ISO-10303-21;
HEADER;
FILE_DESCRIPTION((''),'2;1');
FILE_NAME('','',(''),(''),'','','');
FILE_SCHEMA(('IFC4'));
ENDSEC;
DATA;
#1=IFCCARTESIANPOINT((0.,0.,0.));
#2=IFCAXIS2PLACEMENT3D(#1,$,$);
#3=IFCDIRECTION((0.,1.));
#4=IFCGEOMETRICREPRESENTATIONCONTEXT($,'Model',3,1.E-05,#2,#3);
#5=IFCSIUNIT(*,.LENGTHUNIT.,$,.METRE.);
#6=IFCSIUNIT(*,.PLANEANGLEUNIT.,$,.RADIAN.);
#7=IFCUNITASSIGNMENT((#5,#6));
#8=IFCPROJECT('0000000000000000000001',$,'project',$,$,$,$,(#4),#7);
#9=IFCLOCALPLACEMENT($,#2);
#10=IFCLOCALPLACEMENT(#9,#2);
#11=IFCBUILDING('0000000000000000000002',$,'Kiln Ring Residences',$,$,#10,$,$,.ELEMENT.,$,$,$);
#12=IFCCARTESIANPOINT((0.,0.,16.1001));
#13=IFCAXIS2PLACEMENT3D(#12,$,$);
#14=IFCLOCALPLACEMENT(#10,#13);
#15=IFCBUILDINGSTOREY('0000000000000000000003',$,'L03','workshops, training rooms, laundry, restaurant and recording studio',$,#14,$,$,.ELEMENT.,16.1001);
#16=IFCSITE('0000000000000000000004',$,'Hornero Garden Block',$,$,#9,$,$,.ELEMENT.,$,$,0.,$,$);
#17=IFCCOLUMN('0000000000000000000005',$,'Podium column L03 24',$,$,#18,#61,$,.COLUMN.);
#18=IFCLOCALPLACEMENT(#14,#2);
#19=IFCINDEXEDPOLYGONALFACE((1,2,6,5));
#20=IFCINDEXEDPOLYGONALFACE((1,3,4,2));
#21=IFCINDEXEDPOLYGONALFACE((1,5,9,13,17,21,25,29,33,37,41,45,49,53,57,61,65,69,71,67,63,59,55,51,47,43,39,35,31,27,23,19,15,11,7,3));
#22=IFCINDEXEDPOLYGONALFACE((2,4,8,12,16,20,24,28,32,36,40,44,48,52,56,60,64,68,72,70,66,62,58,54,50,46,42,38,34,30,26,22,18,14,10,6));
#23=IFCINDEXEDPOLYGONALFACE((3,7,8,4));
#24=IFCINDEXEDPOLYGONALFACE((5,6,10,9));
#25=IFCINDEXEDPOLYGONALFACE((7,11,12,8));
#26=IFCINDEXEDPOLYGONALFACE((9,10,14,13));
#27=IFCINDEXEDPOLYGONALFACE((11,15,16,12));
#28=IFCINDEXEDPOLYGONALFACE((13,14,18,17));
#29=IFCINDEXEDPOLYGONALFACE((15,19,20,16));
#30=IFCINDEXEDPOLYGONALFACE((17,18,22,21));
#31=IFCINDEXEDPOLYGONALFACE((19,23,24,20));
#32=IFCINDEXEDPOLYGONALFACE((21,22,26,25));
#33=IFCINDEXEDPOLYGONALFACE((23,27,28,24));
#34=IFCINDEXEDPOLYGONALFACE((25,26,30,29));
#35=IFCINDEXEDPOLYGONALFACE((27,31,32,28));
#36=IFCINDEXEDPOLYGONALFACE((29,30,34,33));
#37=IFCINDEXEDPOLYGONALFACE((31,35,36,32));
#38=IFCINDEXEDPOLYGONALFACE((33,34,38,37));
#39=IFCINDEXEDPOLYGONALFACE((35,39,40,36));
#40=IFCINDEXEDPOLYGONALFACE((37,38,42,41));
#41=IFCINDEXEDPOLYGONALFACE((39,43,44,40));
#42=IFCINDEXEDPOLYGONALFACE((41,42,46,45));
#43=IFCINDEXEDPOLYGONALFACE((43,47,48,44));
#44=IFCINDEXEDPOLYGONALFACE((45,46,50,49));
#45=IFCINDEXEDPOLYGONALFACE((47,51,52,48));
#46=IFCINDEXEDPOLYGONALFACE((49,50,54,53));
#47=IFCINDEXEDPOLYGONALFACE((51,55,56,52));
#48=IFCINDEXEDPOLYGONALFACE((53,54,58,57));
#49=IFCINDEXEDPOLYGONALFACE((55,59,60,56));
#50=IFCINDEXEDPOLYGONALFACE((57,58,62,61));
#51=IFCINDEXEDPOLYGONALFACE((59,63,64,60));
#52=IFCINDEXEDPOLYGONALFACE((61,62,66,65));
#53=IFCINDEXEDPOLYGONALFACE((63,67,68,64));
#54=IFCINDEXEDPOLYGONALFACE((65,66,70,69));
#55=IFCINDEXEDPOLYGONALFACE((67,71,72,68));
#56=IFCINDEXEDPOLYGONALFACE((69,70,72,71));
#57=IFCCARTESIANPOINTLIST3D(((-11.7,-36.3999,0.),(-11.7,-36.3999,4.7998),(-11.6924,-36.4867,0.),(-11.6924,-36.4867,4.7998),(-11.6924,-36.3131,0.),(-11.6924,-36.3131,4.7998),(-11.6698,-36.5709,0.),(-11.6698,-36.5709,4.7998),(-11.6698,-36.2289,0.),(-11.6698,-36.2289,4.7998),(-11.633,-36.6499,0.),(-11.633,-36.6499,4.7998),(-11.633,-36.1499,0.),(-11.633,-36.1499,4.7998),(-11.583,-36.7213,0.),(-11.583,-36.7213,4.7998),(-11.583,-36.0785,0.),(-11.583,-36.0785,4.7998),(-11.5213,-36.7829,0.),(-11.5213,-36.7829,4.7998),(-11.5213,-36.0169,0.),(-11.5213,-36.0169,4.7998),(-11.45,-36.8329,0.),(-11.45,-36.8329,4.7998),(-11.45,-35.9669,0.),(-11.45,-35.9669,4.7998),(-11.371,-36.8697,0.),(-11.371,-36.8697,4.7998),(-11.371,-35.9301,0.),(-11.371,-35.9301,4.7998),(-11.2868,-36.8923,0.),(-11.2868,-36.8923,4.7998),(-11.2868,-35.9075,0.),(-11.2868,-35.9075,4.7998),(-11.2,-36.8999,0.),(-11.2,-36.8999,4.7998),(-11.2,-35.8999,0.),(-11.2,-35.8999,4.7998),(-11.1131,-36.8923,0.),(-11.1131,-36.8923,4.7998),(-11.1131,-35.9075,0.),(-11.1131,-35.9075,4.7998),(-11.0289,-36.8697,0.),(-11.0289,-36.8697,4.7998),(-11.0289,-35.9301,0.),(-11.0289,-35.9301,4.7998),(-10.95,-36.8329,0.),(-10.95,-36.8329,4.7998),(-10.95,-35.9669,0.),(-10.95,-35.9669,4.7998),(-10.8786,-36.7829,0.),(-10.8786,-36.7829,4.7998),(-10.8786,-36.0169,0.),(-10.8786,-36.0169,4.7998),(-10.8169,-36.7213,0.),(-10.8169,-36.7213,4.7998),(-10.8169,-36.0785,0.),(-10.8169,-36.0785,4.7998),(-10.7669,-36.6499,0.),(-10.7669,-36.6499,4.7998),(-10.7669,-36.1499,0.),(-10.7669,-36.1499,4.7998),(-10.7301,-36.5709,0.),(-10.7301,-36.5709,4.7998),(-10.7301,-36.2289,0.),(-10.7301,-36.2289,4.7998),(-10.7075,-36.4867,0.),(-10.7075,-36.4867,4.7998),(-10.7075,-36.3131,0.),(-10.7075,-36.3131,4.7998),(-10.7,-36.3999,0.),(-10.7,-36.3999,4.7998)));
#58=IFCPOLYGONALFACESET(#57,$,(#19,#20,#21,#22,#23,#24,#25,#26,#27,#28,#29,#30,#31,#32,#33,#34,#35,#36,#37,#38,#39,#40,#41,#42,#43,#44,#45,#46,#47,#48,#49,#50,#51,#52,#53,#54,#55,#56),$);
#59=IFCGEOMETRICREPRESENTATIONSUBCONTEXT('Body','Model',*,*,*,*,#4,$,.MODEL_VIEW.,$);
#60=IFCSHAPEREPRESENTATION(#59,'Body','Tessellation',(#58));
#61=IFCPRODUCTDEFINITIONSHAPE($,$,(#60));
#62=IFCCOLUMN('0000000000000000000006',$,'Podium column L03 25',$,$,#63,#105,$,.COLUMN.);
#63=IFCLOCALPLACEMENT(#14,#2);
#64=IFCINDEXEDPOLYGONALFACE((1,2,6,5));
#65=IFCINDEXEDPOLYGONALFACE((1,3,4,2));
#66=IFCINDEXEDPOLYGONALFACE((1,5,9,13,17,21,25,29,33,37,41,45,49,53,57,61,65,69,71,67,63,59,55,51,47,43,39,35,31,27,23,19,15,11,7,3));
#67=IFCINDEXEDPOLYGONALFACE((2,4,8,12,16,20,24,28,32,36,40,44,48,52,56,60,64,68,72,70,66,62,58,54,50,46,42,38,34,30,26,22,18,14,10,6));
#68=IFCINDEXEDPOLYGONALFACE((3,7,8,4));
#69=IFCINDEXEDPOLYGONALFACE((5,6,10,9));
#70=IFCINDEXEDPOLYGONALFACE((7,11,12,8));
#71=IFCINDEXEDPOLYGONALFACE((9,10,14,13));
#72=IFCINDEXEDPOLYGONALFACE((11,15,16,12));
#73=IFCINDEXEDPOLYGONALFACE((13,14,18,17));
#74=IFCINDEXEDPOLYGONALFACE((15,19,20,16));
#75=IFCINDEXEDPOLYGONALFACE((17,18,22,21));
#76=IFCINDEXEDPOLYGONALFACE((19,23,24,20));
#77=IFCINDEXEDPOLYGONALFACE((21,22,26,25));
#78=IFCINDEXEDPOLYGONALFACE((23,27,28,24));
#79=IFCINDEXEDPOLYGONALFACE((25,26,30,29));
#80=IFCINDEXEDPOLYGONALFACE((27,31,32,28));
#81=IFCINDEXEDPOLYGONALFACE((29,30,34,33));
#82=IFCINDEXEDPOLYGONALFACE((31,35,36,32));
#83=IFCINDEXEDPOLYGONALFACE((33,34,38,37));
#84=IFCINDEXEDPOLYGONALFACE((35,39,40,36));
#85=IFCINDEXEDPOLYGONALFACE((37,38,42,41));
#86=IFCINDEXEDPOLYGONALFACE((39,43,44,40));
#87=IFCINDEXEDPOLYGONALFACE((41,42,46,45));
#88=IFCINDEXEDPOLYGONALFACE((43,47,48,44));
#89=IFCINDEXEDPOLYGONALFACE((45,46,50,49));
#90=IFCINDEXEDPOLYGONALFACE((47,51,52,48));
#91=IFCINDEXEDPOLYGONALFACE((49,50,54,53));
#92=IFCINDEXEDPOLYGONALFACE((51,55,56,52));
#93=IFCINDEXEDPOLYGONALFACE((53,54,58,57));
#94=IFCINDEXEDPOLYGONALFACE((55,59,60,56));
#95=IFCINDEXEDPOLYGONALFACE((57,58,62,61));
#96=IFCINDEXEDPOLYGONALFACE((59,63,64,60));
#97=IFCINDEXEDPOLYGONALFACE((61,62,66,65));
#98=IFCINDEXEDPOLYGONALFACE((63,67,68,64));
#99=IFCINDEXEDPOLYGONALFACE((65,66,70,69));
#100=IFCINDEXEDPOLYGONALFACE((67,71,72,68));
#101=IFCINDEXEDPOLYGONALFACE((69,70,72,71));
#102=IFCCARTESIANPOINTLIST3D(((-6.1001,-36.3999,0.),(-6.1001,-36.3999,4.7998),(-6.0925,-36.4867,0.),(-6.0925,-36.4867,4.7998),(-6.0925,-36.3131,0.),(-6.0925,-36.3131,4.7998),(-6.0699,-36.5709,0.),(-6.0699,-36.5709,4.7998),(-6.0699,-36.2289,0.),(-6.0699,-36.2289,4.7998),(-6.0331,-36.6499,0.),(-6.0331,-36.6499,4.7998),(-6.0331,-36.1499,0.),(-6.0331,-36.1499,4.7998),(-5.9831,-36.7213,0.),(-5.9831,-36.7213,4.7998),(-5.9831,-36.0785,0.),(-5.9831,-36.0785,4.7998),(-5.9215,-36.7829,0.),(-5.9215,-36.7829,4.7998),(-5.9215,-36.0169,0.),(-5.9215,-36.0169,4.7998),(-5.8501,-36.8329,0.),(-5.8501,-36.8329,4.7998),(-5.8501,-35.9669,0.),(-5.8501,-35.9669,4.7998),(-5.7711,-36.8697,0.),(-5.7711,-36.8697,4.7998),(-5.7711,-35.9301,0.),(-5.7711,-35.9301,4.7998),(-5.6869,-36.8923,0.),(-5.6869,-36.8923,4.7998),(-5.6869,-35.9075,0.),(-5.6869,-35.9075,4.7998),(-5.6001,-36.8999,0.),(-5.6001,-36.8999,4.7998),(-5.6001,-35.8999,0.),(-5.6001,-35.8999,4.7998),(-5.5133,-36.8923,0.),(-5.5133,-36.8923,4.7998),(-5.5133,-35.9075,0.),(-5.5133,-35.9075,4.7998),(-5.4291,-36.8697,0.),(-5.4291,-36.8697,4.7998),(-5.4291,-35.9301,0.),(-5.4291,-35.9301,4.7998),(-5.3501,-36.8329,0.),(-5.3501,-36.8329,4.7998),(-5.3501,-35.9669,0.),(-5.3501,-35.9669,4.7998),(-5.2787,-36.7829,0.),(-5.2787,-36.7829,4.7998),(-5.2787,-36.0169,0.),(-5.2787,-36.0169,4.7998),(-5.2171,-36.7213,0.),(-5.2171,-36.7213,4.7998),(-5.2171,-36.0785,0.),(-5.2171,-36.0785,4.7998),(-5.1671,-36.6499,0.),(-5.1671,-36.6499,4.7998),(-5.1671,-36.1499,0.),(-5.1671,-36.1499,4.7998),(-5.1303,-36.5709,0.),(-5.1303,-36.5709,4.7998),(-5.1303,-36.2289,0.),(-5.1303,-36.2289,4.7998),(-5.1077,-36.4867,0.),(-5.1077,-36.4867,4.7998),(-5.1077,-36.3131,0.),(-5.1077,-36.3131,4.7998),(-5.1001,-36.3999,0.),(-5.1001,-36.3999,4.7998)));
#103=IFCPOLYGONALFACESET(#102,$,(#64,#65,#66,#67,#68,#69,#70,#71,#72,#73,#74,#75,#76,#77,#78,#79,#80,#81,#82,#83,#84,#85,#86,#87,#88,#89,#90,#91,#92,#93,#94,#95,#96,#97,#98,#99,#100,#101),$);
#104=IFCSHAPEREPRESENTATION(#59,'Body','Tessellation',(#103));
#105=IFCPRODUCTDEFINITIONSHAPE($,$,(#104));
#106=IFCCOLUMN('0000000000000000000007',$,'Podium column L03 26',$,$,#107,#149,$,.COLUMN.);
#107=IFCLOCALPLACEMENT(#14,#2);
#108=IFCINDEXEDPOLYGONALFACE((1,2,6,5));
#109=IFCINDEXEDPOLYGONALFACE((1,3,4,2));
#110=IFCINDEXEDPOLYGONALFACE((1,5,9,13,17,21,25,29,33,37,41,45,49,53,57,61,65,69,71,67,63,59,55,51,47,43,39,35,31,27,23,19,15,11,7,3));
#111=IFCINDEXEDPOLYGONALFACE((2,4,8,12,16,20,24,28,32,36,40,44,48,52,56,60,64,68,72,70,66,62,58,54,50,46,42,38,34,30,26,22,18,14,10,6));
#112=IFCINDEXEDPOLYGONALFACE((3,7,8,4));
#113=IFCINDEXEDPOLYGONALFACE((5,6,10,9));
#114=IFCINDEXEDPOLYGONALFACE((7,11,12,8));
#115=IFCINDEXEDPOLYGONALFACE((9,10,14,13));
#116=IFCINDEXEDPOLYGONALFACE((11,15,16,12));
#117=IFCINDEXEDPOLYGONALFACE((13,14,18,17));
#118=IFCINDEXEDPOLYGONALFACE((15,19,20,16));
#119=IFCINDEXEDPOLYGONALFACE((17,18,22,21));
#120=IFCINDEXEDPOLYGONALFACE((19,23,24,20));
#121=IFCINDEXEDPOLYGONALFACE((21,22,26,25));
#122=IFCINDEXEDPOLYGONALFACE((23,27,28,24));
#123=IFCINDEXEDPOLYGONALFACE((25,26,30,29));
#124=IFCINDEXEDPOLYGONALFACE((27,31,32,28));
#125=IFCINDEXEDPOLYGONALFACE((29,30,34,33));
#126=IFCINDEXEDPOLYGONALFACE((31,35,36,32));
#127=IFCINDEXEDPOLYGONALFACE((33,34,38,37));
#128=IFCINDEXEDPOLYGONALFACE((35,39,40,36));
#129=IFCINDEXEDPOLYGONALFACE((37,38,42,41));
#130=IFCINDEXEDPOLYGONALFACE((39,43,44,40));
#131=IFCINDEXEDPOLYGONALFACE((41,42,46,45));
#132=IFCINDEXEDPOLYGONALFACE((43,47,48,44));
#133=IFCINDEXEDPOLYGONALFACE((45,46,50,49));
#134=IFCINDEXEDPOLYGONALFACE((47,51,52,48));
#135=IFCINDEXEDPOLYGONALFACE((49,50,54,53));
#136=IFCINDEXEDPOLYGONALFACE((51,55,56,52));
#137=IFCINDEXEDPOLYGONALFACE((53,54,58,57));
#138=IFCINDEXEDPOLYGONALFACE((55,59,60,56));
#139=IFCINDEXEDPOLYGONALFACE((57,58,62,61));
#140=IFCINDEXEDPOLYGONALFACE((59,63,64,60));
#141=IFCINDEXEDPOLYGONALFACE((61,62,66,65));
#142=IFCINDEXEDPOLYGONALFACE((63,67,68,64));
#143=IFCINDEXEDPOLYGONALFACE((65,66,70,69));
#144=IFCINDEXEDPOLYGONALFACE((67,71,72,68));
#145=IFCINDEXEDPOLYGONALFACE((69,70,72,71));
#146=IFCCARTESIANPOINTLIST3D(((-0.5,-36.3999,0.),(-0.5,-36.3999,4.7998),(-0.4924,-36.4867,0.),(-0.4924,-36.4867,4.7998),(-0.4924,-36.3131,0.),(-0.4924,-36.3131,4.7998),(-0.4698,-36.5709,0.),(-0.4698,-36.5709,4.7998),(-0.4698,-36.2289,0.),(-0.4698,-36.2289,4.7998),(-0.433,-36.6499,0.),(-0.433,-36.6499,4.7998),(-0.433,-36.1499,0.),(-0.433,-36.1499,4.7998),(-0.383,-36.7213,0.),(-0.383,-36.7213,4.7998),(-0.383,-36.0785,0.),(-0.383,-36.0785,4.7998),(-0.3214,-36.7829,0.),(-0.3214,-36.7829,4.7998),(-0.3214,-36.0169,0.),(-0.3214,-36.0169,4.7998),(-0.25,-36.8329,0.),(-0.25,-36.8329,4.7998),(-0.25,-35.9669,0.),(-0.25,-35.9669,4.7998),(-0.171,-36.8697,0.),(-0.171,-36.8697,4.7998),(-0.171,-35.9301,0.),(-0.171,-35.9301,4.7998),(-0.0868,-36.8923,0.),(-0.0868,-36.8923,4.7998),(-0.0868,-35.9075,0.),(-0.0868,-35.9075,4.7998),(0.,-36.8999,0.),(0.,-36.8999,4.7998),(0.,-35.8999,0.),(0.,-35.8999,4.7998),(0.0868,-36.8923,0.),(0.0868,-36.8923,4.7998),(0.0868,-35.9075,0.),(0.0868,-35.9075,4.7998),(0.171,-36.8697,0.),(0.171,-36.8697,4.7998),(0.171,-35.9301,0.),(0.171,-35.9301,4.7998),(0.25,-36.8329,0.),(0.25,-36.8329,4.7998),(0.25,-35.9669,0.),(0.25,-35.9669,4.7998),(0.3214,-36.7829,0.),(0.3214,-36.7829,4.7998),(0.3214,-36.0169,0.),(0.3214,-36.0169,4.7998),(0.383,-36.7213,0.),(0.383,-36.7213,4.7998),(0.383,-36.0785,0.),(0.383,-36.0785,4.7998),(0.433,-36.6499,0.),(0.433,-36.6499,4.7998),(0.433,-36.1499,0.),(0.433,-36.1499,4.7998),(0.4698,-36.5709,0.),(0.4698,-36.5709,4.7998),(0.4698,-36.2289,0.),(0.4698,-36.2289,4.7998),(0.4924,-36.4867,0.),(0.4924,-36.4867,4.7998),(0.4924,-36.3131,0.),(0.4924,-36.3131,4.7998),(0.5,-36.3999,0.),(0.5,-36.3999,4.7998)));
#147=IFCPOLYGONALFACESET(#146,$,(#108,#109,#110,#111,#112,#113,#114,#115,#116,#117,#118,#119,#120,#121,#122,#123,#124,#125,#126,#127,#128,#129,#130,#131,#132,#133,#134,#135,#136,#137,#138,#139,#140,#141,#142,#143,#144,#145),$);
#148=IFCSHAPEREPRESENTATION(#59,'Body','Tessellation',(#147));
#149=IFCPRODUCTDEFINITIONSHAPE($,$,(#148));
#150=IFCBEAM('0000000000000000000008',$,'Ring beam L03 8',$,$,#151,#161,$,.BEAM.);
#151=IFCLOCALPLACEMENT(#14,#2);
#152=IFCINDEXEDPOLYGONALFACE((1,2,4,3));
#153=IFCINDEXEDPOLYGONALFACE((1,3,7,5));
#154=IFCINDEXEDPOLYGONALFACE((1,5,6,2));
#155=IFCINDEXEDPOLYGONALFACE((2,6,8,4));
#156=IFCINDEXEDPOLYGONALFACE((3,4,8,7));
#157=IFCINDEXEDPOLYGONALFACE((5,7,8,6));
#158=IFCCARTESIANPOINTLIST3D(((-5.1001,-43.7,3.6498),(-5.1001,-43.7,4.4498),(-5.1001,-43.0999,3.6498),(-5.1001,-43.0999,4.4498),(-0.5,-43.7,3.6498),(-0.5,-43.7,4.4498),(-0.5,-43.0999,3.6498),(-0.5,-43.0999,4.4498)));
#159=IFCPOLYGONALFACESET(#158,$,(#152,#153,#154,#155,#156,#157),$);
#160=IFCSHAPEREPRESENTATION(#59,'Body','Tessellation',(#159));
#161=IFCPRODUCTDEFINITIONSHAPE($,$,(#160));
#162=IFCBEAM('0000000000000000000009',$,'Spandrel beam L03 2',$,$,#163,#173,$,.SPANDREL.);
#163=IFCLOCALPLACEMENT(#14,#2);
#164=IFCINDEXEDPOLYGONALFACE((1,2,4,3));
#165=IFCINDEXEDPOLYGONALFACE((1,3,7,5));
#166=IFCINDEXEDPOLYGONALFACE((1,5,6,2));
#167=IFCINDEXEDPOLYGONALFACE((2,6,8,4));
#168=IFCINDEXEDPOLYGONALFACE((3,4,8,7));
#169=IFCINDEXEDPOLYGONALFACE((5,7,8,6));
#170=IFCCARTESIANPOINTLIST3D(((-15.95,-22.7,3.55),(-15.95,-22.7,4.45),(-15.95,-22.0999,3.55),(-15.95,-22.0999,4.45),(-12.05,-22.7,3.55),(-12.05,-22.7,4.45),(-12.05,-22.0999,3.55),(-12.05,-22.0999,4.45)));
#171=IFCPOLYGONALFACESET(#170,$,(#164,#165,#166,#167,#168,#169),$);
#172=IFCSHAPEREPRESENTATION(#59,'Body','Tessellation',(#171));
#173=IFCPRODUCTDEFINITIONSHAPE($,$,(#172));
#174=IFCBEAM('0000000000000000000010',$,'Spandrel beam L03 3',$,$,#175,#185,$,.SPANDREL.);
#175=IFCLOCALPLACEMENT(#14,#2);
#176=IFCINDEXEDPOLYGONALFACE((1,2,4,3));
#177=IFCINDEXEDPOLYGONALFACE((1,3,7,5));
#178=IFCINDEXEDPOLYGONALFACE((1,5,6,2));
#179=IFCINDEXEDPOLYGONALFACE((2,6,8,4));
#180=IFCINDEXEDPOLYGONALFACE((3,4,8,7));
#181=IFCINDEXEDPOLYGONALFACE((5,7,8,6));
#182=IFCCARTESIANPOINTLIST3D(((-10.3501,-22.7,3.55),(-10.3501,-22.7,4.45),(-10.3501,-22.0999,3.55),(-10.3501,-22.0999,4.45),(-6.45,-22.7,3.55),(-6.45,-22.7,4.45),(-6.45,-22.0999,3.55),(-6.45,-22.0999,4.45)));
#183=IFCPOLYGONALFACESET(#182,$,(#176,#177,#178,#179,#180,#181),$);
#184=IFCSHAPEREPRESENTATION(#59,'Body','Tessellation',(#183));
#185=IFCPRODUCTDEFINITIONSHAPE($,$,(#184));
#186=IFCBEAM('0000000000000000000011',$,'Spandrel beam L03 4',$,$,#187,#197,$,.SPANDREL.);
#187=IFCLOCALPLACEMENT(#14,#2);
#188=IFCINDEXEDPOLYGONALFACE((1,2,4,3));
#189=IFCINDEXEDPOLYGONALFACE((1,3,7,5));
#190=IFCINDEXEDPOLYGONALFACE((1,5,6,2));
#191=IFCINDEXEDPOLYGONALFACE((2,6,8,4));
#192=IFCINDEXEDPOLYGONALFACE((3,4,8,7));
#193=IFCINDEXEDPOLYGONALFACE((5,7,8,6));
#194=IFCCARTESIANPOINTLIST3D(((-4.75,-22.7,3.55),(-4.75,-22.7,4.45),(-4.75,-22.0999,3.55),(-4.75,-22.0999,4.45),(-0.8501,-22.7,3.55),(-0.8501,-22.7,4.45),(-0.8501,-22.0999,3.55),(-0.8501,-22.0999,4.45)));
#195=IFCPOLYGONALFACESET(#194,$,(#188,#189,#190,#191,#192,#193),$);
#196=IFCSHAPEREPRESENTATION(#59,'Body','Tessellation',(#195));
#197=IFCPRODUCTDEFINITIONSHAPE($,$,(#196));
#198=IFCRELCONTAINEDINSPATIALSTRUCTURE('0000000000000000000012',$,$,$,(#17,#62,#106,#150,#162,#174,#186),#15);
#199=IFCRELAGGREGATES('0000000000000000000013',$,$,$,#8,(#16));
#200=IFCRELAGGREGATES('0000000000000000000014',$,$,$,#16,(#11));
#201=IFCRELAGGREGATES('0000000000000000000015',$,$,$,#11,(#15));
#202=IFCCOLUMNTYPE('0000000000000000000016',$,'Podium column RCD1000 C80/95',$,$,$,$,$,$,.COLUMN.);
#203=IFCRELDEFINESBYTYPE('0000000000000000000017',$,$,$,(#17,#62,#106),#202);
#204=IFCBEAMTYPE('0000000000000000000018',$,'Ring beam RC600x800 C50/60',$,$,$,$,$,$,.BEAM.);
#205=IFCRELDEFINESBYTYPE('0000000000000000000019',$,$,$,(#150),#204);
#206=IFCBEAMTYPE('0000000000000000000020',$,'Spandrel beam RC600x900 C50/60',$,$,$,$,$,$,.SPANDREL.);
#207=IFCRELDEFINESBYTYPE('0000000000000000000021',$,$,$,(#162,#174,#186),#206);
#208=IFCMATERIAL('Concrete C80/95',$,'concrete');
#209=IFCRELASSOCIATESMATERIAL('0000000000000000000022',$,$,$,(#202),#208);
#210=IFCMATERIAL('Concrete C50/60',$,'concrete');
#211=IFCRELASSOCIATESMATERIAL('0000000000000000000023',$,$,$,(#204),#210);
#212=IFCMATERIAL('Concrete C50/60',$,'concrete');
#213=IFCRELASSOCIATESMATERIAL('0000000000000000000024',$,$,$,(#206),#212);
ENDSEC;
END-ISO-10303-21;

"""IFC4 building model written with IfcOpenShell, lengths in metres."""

from ifc_helpers import new_model, si_unit, direction, frame, origin, origin_2d, place, context, subcontext, project, spatial, rectangle, circle, extrude, material, material_profile, profile_set, type_object, element, save


model = new_model("IFC4")

# Units and contexts
model_context = context("Model", 3, precision=1e-05, world=origin(), true_north=direction((0.0, 1.0)))
body_context = subcontext(model_context, "Body", "Model", "MODEL_VIEW")
ifc_project = project(units=[si_unit("LENGTHUNIT", "METRE"), si_unit("PLANEANGLEUNIT", "RADIAN")], contexts=[model_context])

# Site, building, storey
site_placement = place(None, origin())
site = spatial("IfcSite", under=ifc_project, at=site_placement, Name="Hornero Garden Block", CompositionType="ELEMENT", RefElevation=0.0)
building_placement = place(site_placement, origin())
building = spatial("IfcBuilding", under=site, at=building_placement, Name="Kiln Ring Residences", CompositionType="ELEMENT")
storey_placement = place(building_placement, frame((0.0, 0.0, 16.1001)))
storey = spatial("IfcBuildingStorey", under=building, at=storey_placement, Name="L03", Description="workshops, training rooms, laundry, restaurant and recording studio", CompositionType="ELEMENT", Elevation=16.1001)

# Columns
ifc_material_1 = material(Name="Concrete C80/95", Category="concrete")
ifc_material_profile_1 = material_profile(ifc_material_1, circle(Radius=0.5, at=origin_2d()), Name="RCD1000")
ifc_profile_set_1 = profile_set([ifc_material_profile_1], Name="Concrete C80/95")
column_type_1 = type_object("IfcColumnType", Name="Podium column RCD1000 C80/95", PredefinedType="COLUMN", material=ifc_profile_set_1)
for number, where, z_axis, x_axis, name in (
    (1, (-11.2, -36.3999, 0.0), (0.0, 0.0, 1.0), (1.0, 0.0, 0.0), "Podium column L03 24"),
    (2, (-5.6001, -36.3999, 0.0), (0.0, 0.0, 1.0), (1.0, 0.0, 0.0), "Podium column L03 25"),
    (3, (0.0, -36.3999, 0.0), (0.0, 0.0, 1.0), (1.0, 0.0, 0.0), "Podium column L03 26"),
):
    element("IfcColumn", number, at=place(storey_placement, frame(where, z_axis=z_axis, x_axis=x_axis)), inside=storey, type_object=column_type_1, Name=name, PredefinedType="COLUMN", context=body_context, shape_type="SweptSolid", body=[
        extrude(circle(Radius=0.5, at=origin_2d()), origin(), (0.0, 0.0, 1.0), 4.7998),
    ])

# Beams
ifc_material_2 = material(Name="Concrete C50/60", Category="concrete")
ifc_material_profile_2 = material_profile(ifc_material_2, rectangle(XDim=0.6001, YDim=0.8, at=origin_2d()), Name="RC600x800")
ifc_profile_set_2 = profile_set([ifc_material_profile_2], Name="Concrete C50/60")
beam_type_1 = type_object("IfcBeamType", Name="Ring beam RC600x800 C50/60", PredefinedType="BEAM", material=ifc_profile_set_2)
beam_1_placement = place(storey_placement, frame((-5.1001, -43.3999, 4.0498), z_axis=(1.0, 0.0, 0.0), x_axis=(0.0, 1.0, 0.0)))
element("IfcBeam", 4, at=beam_1_placement, inside=storey, type_object=beam_type_1, Name="Ring beam L03 8", PredefinedType="BEAM", context=body_context, shape_type="SweptSolid", body=[
    extrude(rectangle(XDim=0.6001, YDim=0.8, at=origin_2d()), origin(), (0.0, 0.0, 1.0), 4.6001),
])
ifc_material_3 = material(Name="Concrete C50/60", Category="concrete")
ifc_material_profile_3 = material_profile(ifc_material_3, rectangle(XDim=0.6001, YDim=0.8999, at=origin_2d()), Name="RC600x900")
ifc_profile_set_3 = profile_set([ifc_material_profile_3], Name="Concrete C50/60")
beam_type_2 = type_object("IfcBeamType", Name="Spandrel beam RC600x900 C50/60", PredefinedType="SPANDREL", material=ifc_profile_set_3)
beam_2_placement = place(storey_placement, frame((-15.95, -22.3999, 4.0), z_axis=(1.0, 0.0, 0.0), x_axis=(0.0, 1.0, 0.0)))
element("IfcBeam", 5, at=beam_2_placement, inside=storey, type_object=beam_type_2, Name="Spandrel beam L03 2", PredefinedType="SPANDREL", context=body_context, shape_type="SweptSolid", body=[
    extrude(rectangle(XDim=0.6001, YDim=0.8999, at=origin_2d()), origin(), (0.0, 0.0, 1.0), 3.8999),
])
beam_3_placement = place(storey_placement, frame((-10.3501, -22.3999, 4.0), z_axis=(1.0, 0.0, 0.0), x_axis=(0.0, 1.0, 0.0)))
element("IfcBeam", 6, at=beam_3_placement, inside=storey, type_object=beam_type_2, Name="Spandrel beam L03 3", PredefinedType="SPANDREL", context=body_context, shape_type="SweptSolid", body=[
    extrude(rectangle(XDim=0.6001, YDim=0.8999, at=origin_2d()), origin(), (0.0, 0.0, 1.0), 3.9001),
])
beam_4_placement = place(storey_placement, frame((-4.75, -22.3999, 4.0), z_axis=(1.0, 0.0, 0.0), x_axis=(0.0, 1.0, 0.0)))
element("IfcBeam", 7, at=beam_4_placement, inside=storey, type_object=beam_type_2, Name="Spandrel beam L03 4", PredefinedType="SPANDREL", context=body_context, shape_type="SweptSolid", body=[
    extrude(rectangle(XDim=0.6001, YDim=0.8999, at=origin_2d()), origin(), (0.0, 0.0, 1.0), 3.8999),
])

save(model, "model.ifc")
